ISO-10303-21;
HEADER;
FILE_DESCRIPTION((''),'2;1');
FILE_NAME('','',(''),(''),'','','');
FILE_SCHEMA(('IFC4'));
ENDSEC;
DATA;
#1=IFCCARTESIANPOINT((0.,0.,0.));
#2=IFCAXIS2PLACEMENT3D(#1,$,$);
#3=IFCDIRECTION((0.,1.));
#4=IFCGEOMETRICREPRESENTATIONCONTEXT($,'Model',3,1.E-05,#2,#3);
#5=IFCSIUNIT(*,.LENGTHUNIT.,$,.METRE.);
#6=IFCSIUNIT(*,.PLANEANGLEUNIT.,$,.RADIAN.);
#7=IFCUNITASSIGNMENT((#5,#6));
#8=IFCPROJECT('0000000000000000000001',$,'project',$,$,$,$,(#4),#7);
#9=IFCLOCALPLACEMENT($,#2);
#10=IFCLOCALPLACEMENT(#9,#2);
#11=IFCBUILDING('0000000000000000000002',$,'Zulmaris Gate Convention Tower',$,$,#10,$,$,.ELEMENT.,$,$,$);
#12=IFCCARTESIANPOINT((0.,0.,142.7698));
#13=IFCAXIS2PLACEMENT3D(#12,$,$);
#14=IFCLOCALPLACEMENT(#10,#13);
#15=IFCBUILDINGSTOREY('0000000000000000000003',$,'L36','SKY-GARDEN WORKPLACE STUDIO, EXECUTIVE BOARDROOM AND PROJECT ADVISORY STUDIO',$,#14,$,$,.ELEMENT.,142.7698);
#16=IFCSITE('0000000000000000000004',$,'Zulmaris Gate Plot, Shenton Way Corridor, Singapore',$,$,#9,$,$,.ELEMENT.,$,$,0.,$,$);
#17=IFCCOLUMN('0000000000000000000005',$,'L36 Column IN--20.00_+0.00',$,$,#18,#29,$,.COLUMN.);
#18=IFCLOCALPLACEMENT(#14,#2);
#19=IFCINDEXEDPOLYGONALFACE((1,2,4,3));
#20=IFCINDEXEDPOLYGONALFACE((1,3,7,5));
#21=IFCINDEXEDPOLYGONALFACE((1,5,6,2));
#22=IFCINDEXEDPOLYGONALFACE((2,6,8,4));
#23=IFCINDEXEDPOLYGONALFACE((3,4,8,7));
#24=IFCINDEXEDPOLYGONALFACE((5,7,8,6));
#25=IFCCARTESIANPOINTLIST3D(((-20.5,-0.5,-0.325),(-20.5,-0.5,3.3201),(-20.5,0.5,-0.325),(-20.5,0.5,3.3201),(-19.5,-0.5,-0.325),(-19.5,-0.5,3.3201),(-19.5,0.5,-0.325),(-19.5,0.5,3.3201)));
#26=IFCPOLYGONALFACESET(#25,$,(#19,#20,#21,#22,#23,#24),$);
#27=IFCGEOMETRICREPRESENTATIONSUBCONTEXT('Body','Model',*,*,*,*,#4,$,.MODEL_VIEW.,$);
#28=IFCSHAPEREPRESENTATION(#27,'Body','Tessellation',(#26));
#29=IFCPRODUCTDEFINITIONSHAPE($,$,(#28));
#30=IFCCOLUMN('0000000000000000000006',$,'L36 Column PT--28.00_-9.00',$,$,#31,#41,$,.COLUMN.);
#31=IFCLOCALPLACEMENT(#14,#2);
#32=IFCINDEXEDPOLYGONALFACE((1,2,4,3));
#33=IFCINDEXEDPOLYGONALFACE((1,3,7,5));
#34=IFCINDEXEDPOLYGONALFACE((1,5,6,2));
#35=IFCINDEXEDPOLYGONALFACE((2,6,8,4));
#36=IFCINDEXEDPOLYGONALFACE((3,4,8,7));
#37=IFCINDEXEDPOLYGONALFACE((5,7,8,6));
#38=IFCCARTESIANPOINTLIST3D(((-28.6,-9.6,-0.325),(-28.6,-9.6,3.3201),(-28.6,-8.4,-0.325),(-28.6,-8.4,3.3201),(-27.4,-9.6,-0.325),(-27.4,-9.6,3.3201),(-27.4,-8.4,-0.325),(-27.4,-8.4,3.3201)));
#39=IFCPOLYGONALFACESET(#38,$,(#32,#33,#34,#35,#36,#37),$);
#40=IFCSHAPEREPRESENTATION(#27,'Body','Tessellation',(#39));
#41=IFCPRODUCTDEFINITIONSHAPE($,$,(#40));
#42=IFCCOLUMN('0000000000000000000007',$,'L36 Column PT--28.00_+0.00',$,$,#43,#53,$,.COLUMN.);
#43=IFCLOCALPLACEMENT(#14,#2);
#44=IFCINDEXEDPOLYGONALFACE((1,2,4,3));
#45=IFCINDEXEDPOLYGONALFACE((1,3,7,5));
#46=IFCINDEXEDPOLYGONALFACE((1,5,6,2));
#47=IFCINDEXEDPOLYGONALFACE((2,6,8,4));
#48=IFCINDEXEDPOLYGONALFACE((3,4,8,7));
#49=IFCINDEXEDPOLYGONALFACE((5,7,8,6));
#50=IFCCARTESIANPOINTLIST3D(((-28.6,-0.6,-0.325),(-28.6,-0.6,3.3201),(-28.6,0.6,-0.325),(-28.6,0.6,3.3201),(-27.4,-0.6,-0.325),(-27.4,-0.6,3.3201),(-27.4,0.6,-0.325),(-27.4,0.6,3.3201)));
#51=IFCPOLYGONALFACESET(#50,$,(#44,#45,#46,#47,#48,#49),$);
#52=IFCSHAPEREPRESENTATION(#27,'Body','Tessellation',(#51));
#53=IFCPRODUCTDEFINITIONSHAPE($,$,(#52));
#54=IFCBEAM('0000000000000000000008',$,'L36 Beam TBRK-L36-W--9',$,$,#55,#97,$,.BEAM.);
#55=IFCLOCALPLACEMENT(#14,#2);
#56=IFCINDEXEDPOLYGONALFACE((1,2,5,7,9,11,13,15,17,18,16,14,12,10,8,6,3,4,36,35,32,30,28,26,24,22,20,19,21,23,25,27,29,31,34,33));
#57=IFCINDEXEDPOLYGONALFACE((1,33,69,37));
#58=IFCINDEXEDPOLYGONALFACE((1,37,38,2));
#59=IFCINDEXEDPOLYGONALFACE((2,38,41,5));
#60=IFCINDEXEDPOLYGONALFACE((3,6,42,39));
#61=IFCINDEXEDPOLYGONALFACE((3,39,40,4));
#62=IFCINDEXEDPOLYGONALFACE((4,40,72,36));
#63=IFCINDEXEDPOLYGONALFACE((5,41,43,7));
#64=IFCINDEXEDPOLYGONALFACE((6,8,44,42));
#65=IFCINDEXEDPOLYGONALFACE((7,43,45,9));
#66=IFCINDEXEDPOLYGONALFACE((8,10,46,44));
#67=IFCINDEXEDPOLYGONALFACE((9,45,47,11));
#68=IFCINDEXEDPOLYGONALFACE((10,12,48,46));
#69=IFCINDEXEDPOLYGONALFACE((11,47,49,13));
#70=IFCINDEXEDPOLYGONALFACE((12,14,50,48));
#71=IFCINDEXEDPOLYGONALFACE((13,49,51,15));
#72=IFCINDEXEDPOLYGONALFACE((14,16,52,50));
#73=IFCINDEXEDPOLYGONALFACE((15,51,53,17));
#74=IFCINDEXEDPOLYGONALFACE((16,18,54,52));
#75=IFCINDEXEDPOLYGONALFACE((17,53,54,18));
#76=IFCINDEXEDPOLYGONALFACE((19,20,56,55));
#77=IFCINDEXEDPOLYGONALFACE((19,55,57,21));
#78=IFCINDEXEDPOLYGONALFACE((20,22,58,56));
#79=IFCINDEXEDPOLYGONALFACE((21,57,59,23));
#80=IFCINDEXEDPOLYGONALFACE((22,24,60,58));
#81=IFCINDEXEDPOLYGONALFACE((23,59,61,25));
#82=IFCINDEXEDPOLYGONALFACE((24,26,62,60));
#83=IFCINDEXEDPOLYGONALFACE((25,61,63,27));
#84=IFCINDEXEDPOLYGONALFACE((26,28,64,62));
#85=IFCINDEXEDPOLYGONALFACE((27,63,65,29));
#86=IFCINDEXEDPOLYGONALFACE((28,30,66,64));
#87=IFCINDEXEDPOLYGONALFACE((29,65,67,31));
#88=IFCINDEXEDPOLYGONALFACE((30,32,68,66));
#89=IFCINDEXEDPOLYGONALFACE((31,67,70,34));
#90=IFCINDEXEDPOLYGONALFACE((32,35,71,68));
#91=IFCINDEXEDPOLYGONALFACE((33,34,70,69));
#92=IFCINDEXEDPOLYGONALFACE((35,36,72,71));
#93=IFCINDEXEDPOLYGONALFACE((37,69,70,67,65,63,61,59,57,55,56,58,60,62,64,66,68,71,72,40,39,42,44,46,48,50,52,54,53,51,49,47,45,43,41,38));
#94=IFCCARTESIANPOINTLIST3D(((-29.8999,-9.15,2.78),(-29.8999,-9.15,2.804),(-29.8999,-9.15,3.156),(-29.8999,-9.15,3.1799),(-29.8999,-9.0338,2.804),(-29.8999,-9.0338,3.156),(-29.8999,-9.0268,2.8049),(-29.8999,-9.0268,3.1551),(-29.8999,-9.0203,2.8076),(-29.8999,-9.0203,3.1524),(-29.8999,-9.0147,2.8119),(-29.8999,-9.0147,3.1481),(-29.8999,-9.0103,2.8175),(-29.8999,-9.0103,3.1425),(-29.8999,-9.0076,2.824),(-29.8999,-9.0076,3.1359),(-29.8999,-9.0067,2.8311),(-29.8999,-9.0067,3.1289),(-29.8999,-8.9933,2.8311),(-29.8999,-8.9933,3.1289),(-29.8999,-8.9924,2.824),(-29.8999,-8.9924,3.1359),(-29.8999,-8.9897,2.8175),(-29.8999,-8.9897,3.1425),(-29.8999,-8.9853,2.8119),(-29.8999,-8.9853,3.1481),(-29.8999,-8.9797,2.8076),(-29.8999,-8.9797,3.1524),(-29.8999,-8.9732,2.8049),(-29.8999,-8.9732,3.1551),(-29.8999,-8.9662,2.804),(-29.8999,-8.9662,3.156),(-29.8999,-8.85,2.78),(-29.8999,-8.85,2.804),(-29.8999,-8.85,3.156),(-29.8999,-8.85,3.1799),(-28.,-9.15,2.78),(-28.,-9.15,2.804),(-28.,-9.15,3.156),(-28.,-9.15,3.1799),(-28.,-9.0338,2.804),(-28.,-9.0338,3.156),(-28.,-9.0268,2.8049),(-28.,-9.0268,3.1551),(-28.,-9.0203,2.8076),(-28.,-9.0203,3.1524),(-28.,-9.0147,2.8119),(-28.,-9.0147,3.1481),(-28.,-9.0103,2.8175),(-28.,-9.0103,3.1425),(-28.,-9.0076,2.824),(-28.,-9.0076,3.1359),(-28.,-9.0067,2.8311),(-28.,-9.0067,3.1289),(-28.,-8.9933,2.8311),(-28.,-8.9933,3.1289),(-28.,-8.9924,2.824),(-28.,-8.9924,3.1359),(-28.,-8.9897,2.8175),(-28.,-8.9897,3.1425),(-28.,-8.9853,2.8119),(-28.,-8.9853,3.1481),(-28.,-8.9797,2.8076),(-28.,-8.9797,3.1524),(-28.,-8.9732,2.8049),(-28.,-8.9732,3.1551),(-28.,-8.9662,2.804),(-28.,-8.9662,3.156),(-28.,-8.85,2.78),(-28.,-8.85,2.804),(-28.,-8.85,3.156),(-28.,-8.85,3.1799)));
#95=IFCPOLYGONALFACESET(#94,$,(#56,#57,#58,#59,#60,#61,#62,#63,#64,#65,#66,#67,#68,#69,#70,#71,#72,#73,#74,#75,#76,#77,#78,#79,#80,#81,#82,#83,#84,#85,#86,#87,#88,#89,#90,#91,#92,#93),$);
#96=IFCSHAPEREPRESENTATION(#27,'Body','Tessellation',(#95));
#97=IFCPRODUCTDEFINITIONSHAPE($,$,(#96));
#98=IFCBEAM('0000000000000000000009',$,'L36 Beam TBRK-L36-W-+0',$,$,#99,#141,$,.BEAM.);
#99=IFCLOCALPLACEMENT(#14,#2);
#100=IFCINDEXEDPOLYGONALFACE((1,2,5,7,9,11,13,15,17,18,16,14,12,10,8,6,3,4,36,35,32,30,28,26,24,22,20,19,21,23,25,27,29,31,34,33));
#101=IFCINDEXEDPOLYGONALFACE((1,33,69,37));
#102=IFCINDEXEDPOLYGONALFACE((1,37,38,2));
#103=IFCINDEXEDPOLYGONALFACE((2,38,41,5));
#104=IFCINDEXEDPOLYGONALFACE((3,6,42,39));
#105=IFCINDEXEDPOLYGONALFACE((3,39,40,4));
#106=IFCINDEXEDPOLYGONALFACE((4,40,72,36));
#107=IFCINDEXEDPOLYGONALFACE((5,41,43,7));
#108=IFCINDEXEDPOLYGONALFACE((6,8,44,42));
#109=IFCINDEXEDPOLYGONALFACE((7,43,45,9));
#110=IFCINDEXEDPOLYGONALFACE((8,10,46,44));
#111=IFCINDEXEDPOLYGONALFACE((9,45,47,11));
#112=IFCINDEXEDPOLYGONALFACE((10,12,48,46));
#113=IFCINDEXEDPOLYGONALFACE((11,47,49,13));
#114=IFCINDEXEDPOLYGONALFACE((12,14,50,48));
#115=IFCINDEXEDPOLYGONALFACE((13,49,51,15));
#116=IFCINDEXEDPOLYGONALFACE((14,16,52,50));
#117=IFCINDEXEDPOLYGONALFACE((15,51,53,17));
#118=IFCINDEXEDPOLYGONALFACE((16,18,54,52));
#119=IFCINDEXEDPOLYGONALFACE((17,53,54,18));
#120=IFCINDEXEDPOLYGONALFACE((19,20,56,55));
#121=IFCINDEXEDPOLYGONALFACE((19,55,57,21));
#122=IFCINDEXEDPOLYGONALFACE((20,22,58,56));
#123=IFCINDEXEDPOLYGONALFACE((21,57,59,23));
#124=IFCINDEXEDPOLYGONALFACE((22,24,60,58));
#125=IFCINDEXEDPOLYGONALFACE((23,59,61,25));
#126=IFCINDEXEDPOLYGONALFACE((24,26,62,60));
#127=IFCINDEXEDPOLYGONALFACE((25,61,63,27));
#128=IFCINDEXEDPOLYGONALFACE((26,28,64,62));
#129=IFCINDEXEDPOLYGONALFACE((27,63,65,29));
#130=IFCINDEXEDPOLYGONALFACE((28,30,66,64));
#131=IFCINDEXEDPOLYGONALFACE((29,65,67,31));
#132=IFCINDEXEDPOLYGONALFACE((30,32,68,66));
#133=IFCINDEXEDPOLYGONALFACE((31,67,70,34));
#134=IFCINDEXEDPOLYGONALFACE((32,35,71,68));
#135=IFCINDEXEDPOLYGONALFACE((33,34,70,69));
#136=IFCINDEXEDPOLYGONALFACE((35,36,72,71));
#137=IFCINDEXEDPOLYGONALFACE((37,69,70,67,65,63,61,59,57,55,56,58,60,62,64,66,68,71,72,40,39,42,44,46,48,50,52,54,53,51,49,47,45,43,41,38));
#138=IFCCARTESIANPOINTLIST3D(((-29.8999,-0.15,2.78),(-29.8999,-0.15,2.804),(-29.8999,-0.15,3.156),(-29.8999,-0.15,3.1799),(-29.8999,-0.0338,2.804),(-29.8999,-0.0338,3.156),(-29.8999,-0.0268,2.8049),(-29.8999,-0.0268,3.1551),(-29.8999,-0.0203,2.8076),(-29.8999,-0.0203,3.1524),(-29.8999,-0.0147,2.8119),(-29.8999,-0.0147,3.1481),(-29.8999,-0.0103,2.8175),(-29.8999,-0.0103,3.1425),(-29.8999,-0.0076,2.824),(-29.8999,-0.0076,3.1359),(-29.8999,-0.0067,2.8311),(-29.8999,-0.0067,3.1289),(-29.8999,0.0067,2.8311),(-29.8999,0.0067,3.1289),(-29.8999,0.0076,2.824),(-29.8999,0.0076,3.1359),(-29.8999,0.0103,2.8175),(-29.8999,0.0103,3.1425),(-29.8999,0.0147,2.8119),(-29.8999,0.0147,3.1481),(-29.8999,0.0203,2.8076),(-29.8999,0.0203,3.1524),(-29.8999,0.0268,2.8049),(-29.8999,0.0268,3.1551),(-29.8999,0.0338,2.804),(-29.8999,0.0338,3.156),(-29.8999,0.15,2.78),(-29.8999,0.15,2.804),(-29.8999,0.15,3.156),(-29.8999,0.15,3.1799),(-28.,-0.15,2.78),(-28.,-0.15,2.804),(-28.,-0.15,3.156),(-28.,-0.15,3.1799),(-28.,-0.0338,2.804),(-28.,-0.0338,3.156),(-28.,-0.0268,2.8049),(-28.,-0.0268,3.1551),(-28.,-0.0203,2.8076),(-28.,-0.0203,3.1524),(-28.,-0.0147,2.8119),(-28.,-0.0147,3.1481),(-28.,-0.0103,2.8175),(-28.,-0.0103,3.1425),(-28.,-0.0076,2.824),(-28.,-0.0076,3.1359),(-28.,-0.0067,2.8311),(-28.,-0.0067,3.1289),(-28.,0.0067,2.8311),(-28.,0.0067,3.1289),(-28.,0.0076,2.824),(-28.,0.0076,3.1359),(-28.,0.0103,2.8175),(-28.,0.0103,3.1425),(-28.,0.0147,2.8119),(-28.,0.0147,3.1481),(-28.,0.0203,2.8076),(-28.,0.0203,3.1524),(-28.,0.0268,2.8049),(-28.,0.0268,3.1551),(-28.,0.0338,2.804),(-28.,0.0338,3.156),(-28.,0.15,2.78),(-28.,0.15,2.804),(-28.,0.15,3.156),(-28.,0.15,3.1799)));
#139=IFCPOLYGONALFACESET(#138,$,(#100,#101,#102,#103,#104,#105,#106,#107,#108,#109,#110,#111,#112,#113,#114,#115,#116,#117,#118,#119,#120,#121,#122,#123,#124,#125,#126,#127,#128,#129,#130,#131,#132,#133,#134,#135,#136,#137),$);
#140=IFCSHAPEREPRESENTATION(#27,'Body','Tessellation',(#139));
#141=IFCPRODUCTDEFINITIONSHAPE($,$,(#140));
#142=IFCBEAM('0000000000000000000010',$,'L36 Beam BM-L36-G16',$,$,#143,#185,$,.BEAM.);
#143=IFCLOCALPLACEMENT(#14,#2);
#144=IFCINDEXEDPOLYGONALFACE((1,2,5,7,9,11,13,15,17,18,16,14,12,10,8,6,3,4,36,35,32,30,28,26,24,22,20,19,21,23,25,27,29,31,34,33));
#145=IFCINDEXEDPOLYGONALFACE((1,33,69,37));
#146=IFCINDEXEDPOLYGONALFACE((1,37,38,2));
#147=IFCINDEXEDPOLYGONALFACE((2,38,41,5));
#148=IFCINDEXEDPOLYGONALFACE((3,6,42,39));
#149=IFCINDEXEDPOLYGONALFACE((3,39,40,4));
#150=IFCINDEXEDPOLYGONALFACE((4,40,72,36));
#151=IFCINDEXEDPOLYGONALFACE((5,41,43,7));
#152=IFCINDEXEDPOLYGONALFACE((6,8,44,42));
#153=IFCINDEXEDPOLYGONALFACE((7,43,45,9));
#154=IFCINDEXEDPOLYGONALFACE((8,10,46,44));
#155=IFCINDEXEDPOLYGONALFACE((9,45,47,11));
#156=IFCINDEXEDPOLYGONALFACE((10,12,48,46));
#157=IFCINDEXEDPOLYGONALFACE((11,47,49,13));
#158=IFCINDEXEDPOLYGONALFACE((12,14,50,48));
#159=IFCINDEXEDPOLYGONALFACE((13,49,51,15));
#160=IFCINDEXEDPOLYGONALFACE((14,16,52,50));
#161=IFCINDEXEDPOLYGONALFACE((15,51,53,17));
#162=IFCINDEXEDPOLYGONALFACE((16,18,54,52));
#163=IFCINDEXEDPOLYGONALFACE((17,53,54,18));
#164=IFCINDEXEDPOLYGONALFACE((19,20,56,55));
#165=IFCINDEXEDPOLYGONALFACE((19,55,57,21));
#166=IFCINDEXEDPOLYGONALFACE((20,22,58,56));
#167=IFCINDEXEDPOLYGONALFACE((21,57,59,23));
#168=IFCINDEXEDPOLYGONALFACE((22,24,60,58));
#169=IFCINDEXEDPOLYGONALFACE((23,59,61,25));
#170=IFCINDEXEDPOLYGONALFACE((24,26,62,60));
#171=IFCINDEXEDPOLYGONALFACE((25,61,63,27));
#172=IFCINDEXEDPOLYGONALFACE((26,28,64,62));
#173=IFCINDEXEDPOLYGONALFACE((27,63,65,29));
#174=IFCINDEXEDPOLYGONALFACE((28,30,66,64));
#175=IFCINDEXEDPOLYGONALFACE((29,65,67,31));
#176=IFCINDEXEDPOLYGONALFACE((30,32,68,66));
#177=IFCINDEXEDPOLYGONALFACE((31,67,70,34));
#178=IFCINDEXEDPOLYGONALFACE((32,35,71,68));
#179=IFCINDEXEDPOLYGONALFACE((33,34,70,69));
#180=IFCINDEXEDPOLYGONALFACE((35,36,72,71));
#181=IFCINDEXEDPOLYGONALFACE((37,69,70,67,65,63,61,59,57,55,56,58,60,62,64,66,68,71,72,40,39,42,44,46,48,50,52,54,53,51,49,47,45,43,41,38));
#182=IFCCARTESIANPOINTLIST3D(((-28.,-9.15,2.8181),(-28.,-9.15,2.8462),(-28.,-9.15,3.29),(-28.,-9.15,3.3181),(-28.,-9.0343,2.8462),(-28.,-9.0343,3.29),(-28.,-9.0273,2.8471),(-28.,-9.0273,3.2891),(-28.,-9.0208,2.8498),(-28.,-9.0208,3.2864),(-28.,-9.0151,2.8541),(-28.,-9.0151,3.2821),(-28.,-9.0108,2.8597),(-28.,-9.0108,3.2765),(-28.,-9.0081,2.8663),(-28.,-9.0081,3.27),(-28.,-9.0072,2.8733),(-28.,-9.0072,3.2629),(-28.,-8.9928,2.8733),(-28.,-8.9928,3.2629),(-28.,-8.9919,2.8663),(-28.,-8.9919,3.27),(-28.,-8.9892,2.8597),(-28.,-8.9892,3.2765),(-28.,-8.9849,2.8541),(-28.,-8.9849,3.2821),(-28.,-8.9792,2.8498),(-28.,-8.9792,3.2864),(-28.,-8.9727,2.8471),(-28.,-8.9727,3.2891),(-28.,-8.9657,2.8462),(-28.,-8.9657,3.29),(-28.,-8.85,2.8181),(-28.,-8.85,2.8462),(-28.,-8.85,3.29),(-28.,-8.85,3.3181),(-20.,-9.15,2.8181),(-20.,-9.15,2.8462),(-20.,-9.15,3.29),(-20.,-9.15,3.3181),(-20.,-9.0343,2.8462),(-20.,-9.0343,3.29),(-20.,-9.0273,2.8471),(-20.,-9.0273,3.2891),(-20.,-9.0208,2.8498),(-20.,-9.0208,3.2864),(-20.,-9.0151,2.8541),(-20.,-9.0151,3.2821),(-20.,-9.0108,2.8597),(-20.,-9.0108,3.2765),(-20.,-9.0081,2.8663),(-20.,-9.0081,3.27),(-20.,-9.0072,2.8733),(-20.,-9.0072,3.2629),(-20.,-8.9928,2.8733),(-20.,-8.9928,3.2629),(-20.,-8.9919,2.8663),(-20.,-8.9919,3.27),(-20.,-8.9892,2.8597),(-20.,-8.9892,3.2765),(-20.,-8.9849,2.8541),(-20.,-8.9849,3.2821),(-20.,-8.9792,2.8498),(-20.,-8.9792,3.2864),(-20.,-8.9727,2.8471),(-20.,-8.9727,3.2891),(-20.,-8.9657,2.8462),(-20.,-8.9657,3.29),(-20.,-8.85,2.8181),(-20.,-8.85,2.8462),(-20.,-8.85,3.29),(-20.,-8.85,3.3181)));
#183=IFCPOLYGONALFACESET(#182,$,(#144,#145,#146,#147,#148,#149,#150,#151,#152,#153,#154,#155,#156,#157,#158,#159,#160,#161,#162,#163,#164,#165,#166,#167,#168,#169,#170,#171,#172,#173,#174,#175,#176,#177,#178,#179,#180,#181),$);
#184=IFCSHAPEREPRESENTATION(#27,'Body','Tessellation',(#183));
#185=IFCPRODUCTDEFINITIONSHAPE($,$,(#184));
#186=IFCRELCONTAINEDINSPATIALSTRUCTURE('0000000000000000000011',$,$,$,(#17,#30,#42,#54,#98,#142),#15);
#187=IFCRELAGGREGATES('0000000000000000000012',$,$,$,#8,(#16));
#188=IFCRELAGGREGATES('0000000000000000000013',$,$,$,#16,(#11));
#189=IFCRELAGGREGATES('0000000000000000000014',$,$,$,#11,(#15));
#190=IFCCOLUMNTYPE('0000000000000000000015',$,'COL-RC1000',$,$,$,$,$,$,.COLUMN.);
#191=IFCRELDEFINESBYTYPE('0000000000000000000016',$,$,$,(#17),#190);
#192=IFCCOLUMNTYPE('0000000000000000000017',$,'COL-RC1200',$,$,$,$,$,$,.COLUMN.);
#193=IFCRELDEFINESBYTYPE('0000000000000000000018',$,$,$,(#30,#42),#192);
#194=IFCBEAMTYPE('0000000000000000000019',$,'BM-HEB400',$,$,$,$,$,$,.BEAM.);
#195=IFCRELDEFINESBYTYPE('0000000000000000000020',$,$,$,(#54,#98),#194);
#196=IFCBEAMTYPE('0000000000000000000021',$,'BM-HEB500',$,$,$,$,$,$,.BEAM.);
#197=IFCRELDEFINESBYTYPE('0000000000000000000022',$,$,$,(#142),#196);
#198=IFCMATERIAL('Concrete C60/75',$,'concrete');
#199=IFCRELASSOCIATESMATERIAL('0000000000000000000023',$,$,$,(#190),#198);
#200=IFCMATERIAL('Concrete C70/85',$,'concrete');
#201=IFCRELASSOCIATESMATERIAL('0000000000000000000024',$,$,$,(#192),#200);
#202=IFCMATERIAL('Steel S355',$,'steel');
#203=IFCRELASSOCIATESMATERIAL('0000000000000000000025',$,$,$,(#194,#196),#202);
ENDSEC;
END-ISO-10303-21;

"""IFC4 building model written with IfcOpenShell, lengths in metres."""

from ifc_helpers import new_model, si_unit, direction, frame, origin, origin_2d, place, context, subcontext, project, spatial, rectangle, i_section, extrude, material, material_profile, profile_set, type_object, element, save


model = new_model("IFC4")

# Units and contexts
model_context = context("Model", 3, precision=1e-05, world=origin(), true_north=direction((0.0, 1.0)))
body_context = subcontext(model_context, "Body", "Model", "MODEL_VIEW")
ifc_project = project(units=[si_unit("LENGTHUNIT", "METRE"), si_unit("PLANEANGLEUNIT", "RADIAN")], contexts=[model_context])

# Site, building, storey
site_placement = place(None, origin())
site = spatial("IfcSite", under=ifc_project, at=site_placement, Name="Zulmaris Gate Plot, Shenton Way Corridor, Singapore", CompositionType="ELEMENT", RefElevation=0.0)
building_placement = place(site_placement, origin())
building = spatial("IfcBuilding", under=site, at=building_placement, Name="Zulmaris Gate Convention Tower", CompositionType="ELEMENT")
storey_placement = place(building_placement, frame((0.0, 0.0, 142.7698)))
storey = spatial("IfcBuildingStorey", under=building, at=storey_placement, Name="L36", Description="SKY-GARDEN WORKPLACE STUDIO, EXECUTIVE BOARDROOM AND PROJECT ADVISORY STUDIO", CompositionType="ELEMENT", Elevation=142.7698)

# Columns
ifc_material_1 = material(Name="Concrete C60/75", Category="concrete")
ifc_material_profile_1 = material_profile(ifc_material_1, rectangle(XDim=1.0, YDim=1.0, at=origin_2d()), Name="RC COL 1000x1000")
ifc_profile_set_1 = profile_set([ifc_material_profile_1], Name="Concrete C60/75")
column_type_1 = type_object("IfcColumnType", Name="COL-RC1000", PredefinedType="COLUMN", material=ifc_profile_set_1)
column_placement = place(storey_placement, frame((-20.0, 0.0, -0.325), z_axis=(0.0, 0.0, 1.0), x_axis=(1.0, 0.0, 0.0)))
element("IfcColumn", 1, at=column_placement, inside=storey, type_object=column_type_1, Name="L36 Column IN--20.00_+0.00", PredefinedType="COLUMN", context=body_context, shape_type="SweptSolid", body=[
    extrude(rectangle(XDim=1.0, YDim=1.0, at=origin_2d()), origin(), (0.0, 0.0, 1.0), 3.645),
])
ifc_material_2 = material(Name="Concrete C70/85", Category="concrete")
ifc_material_profile_2 = material_profile(ifc_material_2, rectangle(XDim=1.2, YDim=1.2, at=origin_2d()), Name="RC COL 1200x1200")
ifc_profile_set_2 = profile_set([ifc_material_profile_2], Name="Concrete C70/85")
column_type_2 = type_object("IfcColumnType", Name="COL-RC1200", PredefinedType="COLUMN", material=ifc_profile_set_2)
for number, where, z_axis, x_axis, name in (
    (2, (-28.0, -9.0, -0.325), (0.0, 0.0, 1.0), (1.0, 0.0, 0.0), "L36 Column PT--28.00_-9.00"),
    (3, (-28.0, 0.0, -0.325), (0.0, 0.0, 1.0), (1.0, 0.0, 0.0), "L36 Column PT--28.00_+0.00"),
):
    element("IfcColumn", number, at=place(storey_placement, frame(where, z_axis=z_axis, x_axis=x_axis)), inside=storey, type_object=column_type_2, Name=name, PredefinedType="COLUMN", context=body_context, shape_type="SweptSolid", body=[
        extrude(rectangle(XDim=1.2, YDim=1.2, at=origin_2d()), origin(), (0.0, 0.0, 1.0), 3.645),
    ])

# Beams
ifc_material_3 = material(Name="Steel S355", Category="steel")
ifc_material_profile_3 = material_profile(ifc_material_3, i_section(OverallWidth=0.3, OverallDepth=0.3999, WebThickness=0.0134, FlangeThickness=0.0239, FilletRadius=0.0271, at=origin_2d()), Name="HEB 400")
ifc_profile_set_3 = profile_set([ifc_material_profile_3], Name="Steel S355")
beam_type_1 = type_object("IfcBeamType", Name="BM-HEB400", PredefinedType="BEAM", material=ifc_profile_set_3)
for number, where, z_axis, x_axis, name in (
    (4, (-29.8999, -9.0, 2.98), (1.0, 0.0, 0.0), (0.0, 1.0, 0.0), "L36 Beam TBRK-L36-W--9"),
    (5, (-29.8999, 0.0, 2.98), (1.0, 0.0, 0.0), (0.0, 1.0, 0.0), "L36 Beam TBRK-L36-W-+0"),
):
    element("IfcBeam", number, at=place(storey_placement, frame(where, z_axis=z_axis, x_axis=x_axis)), inside=storey, type_object=beam_type_1, Name=name, PredefinedType="BEAM", context=body_context, shape_type="SweptSolid", body=[
        extrude(i_section(OverallWidth=0.3, OverallDepth=0.3999, WebThickness=0.0134, FlangeThickness=0.0239, FilletRadius=0.0271, at=origin_2d()), origin(), (0.0, 0.0, 1.0), 1.8999),
    ])
ifc_material_profile_4 = material_profile(ifc_material_3, i_section(OverallWidth=0.3, OverallDepth=0.5, WebThickness=0.0144, FlangeThickness=0.0281, FilletRadius=0.0271, at=origin_2d()), Name="HEB 500")
ifc_profile_set_4 = profile_set([ifc_material_profile_4], Name="Steel S355")
beam_type_2 = type_object("IfcBeamType", Name="BM-HEB500", PredefinedType="BEAM", material=ifc_profile_set_4)
for number, where, z_axis, x_axis, name in (
    (6, (-28.0, -9.0, 3.0681), (1.0, 0.0, 0.0), (0.0, 1.0, 0.0), "L36 Beam BM-L36-G16"),
):
    element("IfcBeam", number, at=place(storey_placement, frame(where, z_axis=z_axis, x_axis=x_axis)), inside=storey, type_object=beam_type_2, Name=name, PredefinedType="BEAM", context=body_context, shape_type="SweptSolid", body=[
        extrude(i_section(OverallWidth=0.3, OverallDepth=0.5, WebThickness=0.0144, FlangeThickness=0.0281, FilletRadius=0.0271, at=origin_2d()), origin(), (0.0, 0.0, 1.0), 8.0),
    ])

save(model, "model.ifc")
